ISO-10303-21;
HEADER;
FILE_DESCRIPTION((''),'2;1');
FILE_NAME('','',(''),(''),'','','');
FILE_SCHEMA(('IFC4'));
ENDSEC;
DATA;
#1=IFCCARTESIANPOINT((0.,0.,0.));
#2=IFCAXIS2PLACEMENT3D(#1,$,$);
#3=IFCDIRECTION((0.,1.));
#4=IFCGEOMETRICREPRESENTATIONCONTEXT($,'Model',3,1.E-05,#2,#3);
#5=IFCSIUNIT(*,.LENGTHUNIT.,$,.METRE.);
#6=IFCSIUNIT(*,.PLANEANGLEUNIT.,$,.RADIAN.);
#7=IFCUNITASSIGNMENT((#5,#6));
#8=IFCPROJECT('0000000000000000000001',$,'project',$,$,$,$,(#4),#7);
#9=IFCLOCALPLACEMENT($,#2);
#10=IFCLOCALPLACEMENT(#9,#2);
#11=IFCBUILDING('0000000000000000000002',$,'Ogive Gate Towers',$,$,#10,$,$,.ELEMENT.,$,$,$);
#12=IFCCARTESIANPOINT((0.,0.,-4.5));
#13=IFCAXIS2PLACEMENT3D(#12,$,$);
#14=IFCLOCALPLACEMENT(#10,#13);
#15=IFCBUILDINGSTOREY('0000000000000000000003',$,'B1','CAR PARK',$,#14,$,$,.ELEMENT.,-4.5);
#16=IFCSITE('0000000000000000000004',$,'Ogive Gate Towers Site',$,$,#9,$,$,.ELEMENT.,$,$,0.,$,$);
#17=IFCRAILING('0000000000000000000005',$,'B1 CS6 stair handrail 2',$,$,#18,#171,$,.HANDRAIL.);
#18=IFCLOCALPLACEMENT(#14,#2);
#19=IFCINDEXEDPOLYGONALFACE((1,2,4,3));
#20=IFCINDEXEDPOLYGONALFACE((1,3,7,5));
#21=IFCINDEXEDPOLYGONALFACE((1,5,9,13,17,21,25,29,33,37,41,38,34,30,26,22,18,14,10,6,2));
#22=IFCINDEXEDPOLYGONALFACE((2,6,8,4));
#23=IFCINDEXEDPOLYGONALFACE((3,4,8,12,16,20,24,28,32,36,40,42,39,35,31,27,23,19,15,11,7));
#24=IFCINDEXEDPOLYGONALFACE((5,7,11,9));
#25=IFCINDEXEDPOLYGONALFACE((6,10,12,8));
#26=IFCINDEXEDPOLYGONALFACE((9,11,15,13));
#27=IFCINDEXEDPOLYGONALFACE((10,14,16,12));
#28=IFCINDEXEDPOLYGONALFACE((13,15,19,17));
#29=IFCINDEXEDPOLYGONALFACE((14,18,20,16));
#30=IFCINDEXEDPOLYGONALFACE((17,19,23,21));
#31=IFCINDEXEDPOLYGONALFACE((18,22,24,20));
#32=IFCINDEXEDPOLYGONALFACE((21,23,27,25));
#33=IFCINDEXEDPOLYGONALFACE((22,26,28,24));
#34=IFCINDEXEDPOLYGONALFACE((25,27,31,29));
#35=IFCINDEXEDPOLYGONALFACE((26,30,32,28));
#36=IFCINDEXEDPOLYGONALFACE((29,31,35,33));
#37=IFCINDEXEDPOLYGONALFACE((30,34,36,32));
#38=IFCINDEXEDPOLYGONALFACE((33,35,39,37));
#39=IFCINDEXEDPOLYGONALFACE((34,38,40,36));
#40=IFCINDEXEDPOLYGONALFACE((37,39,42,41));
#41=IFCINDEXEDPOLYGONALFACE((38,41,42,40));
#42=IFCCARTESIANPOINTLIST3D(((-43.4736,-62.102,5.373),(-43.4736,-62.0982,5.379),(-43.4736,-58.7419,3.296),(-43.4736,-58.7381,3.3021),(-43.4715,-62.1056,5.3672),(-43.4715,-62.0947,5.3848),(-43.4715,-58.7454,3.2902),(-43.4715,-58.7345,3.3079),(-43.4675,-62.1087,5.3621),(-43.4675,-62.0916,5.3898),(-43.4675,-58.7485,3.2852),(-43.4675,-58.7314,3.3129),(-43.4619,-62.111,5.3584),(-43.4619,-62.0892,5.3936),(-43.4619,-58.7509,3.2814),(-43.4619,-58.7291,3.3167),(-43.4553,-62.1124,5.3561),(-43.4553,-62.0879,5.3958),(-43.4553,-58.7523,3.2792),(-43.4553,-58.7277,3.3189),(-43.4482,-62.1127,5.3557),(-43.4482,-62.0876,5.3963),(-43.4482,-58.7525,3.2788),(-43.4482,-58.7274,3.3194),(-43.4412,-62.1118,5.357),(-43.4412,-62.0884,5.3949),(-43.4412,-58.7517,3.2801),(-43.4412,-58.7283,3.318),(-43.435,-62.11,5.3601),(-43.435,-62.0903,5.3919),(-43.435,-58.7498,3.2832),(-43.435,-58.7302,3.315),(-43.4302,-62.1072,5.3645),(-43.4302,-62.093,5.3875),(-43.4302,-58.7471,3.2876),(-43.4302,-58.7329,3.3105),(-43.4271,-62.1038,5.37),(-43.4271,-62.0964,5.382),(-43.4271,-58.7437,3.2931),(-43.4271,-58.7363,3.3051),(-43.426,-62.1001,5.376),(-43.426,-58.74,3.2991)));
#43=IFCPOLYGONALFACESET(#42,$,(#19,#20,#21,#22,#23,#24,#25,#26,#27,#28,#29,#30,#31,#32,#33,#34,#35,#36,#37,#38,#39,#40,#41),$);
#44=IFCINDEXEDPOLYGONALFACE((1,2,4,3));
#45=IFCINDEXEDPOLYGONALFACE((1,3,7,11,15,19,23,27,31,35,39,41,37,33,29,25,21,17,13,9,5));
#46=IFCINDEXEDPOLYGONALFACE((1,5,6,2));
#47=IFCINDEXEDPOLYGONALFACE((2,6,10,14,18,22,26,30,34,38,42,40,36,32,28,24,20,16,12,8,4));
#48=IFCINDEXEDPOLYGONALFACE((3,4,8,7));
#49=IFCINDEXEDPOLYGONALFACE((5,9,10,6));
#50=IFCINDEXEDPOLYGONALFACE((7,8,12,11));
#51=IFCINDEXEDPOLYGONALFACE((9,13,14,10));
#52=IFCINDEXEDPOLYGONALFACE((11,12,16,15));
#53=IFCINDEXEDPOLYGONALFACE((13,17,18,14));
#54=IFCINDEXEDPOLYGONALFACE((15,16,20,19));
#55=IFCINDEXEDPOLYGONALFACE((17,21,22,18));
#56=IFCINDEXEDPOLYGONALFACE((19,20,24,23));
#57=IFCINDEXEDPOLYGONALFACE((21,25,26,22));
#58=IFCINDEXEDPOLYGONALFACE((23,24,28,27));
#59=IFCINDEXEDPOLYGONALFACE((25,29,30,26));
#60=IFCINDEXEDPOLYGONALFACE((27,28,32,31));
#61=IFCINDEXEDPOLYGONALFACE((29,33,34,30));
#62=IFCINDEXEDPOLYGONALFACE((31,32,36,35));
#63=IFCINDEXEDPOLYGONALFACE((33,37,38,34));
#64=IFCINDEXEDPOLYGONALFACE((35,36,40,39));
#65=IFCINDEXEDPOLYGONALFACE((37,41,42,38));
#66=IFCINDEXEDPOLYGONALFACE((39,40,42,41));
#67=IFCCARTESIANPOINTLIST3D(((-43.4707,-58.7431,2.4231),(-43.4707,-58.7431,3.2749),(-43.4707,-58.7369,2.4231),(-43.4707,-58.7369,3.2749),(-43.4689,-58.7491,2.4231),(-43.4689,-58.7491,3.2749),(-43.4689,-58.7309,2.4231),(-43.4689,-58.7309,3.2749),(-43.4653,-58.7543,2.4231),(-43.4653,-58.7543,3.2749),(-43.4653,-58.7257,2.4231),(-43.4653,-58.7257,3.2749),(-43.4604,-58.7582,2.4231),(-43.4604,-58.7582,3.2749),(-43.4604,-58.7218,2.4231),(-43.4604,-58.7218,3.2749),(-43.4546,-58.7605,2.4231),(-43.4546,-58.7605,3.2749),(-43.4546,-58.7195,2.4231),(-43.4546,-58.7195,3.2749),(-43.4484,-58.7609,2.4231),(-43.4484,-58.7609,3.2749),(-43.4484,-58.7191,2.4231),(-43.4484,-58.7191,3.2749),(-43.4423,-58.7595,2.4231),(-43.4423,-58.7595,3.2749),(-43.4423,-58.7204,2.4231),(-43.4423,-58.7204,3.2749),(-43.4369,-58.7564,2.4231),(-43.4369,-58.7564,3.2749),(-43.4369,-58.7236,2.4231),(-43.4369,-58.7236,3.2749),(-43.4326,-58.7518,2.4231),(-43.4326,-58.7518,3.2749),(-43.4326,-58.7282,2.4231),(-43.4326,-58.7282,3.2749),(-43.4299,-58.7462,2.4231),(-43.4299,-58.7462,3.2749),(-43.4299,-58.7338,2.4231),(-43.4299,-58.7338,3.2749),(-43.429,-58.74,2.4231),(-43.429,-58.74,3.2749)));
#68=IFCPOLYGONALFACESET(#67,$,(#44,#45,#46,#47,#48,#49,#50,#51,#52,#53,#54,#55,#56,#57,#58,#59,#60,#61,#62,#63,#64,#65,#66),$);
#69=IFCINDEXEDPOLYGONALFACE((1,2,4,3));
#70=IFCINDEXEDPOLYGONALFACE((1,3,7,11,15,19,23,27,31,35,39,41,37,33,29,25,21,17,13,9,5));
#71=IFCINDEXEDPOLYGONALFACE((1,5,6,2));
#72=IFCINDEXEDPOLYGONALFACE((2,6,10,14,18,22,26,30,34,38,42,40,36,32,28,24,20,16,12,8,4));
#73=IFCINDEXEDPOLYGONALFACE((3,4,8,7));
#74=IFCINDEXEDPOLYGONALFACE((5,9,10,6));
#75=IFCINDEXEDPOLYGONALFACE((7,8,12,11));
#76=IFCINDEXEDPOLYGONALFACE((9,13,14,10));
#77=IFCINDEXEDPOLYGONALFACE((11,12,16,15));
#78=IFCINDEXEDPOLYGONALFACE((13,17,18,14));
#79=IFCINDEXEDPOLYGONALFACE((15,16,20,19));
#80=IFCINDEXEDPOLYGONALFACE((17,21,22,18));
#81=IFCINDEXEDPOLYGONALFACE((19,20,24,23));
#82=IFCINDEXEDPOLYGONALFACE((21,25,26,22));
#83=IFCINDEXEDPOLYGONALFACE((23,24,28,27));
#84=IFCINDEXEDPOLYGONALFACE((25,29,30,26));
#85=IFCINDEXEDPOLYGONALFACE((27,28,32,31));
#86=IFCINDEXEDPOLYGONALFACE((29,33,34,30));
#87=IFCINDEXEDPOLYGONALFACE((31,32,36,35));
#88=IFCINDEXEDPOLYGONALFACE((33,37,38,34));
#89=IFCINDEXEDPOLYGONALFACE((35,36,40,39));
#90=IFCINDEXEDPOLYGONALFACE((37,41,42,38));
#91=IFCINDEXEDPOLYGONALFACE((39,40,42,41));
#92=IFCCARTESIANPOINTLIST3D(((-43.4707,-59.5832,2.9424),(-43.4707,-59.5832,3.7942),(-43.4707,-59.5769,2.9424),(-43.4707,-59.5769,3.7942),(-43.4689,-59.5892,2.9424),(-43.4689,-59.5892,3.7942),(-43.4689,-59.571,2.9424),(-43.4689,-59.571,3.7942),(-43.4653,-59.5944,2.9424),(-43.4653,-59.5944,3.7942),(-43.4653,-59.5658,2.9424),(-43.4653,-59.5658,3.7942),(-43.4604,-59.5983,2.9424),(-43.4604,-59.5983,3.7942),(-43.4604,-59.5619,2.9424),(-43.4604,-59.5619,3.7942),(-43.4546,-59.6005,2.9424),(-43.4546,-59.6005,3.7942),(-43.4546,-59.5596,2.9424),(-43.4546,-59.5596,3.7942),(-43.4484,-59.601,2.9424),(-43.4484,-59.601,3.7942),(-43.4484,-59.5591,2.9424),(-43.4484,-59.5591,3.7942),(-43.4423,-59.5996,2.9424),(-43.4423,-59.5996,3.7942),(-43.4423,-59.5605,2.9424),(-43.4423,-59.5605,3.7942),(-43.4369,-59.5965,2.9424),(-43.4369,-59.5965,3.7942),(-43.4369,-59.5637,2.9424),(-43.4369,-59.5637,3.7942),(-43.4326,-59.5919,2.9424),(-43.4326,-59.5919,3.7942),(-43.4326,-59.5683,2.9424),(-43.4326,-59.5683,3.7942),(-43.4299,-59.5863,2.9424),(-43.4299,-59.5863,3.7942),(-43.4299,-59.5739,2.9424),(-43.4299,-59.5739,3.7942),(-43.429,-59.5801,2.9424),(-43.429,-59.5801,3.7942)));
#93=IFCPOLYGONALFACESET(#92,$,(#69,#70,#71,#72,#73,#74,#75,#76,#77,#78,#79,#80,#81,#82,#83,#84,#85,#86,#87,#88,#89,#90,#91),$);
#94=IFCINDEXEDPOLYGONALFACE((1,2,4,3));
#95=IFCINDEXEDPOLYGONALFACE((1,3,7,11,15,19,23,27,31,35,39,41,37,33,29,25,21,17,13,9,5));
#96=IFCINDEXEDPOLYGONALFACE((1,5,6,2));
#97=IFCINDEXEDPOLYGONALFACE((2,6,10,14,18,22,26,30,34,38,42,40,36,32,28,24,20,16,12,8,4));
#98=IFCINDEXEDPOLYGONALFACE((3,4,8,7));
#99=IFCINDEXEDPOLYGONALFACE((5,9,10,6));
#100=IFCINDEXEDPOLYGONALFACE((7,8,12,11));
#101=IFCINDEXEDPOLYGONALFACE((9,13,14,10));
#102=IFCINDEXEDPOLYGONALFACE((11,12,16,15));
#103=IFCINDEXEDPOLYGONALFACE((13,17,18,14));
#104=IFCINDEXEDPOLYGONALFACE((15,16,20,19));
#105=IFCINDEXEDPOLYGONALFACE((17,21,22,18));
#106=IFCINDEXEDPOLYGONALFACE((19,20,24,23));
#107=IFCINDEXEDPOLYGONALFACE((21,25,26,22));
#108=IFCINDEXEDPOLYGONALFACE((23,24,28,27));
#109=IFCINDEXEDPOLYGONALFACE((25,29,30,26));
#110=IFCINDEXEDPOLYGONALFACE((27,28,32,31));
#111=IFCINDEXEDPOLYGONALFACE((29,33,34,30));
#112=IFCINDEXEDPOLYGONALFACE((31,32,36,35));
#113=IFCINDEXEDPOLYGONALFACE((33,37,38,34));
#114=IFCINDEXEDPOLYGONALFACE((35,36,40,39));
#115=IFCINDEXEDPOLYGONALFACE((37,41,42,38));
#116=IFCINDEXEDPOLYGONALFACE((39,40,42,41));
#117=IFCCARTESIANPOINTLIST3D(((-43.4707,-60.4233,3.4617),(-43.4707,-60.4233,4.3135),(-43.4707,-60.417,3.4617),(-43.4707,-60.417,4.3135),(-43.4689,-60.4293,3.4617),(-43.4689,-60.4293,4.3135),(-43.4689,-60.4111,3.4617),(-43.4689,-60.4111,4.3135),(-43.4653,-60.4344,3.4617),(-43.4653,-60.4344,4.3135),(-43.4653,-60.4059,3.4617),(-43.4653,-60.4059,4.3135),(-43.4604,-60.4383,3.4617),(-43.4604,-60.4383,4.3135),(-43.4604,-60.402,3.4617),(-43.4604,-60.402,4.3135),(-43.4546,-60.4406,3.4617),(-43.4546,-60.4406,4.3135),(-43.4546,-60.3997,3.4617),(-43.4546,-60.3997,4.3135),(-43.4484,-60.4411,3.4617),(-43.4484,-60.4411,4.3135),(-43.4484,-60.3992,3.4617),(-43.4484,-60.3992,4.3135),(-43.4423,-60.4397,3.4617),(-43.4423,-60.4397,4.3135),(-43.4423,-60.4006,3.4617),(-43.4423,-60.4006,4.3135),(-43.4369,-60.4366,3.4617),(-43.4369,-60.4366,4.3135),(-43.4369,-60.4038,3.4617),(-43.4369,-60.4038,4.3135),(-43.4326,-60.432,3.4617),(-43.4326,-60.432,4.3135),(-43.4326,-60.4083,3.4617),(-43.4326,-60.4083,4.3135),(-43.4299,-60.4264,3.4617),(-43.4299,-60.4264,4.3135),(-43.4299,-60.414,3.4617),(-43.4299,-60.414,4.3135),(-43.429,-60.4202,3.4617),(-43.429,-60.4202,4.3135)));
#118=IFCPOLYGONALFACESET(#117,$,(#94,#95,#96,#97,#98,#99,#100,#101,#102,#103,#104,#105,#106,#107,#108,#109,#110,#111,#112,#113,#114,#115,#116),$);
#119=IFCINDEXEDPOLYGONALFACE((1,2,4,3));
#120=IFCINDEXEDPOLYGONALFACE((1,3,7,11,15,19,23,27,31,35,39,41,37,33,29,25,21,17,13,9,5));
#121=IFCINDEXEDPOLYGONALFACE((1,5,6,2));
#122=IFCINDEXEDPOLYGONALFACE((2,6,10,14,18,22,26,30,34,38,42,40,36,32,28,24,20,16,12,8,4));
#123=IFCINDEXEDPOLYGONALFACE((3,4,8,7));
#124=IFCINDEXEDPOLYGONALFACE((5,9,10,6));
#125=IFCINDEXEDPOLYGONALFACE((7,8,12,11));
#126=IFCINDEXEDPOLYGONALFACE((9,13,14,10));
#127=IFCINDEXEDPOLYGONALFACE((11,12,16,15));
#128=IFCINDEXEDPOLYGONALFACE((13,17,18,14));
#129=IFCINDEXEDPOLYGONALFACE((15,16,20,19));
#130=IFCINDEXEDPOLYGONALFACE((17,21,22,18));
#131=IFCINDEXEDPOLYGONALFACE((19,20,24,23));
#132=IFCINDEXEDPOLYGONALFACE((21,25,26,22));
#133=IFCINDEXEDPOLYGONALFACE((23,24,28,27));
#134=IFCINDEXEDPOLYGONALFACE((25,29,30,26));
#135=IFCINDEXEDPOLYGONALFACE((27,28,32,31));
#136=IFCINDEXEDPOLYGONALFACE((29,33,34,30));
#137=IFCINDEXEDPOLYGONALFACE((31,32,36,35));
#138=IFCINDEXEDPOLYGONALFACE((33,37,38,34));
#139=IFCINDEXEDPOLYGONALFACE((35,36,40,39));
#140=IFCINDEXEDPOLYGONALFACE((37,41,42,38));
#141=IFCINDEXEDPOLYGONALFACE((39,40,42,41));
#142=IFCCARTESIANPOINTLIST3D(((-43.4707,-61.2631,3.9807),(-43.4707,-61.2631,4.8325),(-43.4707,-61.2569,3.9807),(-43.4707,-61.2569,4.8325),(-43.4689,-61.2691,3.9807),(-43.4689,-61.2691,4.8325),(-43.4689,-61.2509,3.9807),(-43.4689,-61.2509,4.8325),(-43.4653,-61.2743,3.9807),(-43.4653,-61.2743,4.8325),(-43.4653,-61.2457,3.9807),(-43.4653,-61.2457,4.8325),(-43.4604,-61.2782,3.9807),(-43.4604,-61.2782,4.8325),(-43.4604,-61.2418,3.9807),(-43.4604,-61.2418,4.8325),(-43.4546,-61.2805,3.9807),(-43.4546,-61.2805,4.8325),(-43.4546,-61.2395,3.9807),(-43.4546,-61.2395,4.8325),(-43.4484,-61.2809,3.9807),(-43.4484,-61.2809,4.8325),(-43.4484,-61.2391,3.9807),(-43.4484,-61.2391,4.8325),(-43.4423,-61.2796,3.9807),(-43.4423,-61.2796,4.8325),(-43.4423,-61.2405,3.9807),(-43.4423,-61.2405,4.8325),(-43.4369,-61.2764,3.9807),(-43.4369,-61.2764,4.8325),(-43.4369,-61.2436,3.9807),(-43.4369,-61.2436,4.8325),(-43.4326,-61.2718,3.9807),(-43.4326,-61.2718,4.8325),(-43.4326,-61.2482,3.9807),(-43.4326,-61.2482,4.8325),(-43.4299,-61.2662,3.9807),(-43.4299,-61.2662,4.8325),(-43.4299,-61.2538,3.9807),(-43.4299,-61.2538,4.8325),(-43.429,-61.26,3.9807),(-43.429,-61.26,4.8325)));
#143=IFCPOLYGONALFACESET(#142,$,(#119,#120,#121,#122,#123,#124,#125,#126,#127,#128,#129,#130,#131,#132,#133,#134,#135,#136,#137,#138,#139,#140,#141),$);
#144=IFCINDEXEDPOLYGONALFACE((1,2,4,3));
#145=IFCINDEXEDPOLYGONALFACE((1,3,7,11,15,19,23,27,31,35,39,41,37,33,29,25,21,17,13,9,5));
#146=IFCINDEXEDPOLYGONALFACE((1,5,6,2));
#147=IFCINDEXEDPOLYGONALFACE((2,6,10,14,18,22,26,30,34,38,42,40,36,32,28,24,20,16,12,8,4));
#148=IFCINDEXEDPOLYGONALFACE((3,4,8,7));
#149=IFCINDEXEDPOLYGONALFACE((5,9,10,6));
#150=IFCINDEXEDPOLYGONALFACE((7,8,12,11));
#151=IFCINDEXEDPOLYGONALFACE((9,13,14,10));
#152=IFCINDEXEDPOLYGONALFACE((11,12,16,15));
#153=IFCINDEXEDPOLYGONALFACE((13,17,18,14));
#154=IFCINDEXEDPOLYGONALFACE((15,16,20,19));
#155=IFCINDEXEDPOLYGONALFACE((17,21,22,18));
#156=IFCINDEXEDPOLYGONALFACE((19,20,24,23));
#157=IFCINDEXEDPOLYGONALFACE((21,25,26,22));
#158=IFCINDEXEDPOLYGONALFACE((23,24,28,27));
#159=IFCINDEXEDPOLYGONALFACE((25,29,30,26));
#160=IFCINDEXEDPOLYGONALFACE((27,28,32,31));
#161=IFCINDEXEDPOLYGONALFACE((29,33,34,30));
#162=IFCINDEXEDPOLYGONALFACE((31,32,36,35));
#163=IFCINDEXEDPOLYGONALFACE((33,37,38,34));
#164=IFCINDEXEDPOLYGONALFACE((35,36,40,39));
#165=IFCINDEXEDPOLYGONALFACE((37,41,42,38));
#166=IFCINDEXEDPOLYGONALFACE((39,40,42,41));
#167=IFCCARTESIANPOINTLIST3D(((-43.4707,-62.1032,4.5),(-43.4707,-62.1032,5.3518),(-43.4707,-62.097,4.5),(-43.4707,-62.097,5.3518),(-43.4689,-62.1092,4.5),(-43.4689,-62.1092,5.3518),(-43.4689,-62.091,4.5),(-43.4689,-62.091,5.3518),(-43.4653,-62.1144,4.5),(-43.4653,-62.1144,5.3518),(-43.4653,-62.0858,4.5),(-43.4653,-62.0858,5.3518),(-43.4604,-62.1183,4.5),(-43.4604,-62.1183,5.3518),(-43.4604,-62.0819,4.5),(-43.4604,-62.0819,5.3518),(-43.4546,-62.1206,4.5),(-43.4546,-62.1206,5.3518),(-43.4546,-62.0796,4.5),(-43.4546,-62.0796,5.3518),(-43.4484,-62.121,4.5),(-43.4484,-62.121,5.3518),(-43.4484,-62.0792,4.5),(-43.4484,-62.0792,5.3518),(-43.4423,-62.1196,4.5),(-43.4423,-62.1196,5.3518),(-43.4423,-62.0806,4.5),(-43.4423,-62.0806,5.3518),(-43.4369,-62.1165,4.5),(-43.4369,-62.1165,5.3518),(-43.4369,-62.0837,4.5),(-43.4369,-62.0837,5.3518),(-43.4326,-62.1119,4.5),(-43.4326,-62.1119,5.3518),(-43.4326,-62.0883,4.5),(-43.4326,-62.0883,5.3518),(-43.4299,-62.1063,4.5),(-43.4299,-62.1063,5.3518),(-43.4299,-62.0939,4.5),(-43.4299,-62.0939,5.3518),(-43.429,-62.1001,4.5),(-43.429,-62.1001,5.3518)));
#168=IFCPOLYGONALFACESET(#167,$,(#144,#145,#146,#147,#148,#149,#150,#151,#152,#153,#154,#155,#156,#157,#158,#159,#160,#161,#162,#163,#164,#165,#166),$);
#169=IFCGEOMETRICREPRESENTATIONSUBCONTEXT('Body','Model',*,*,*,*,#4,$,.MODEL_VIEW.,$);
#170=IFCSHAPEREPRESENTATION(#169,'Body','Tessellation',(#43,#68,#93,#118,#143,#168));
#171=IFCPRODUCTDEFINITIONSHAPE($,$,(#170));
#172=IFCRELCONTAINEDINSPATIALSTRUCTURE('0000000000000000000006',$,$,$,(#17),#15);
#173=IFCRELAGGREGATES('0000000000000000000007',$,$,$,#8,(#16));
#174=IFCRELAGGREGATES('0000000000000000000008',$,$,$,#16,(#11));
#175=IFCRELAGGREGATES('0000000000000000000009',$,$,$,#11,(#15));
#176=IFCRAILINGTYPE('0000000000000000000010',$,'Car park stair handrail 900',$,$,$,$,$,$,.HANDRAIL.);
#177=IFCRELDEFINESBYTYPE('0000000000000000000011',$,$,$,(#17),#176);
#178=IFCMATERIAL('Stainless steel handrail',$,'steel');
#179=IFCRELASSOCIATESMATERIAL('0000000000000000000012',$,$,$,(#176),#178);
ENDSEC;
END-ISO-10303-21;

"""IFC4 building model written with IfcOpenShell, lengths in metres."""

from ifc_helpers import new_model, si_unit, direction, frame, origin, origin_2d, place, context, subcontext, project, spatial, circle, extrude, material, type_object, element, save


model = new_model("IFC4")

# Units and contexts
model_context = context("Model", 3, precision=1e-05, world=origin(), true_north=direction((0.0, 1.0)))
body_context = subcontext(model_context, "Body", "Model", "MODEL_VIEW")
ifc_project = project(units=[si_unit("LENGTHUNIT", "METRE"), si_unit("PLANEANGLEUNIT", "RADIAN")], contexts=[model_context])

# Site, building, storey
site_placement = place(None, origin())
site = spatial("IfcSite", under=ifc_project, at=site_placement, Name="Ogive Gate Towers Site", CompositionType="ELEMENT", RefElevation=0.0)
building_placement = place(site_placement, origin())
building = spatial("IfcBuilding", under=site, at=building_placement, Name="Ogive Gate Towers", CompositionType="ELEMENT")
storey_placement = place(building_placement, frame((0.0, 0.0, -4.5)))
storey = spatial("IfcBuildingStorey", under=building, at=storey_placement, Name="B1", Description="CAR PARK", CompositionType="ELEMENT", Elevation=-4.5)

# Railing
ifc_material_1 = material(Name="Stainless steel handrail", Category="steel")
railing_type_1 = type_object("IfcRailingType", Name="Car park stair handrail 900", PredefinedType="HANDRAIL", material=ifc_material_1)
railing_1_placement = place(storey_placement, frame((-43.45, -58.74, 2.4231)))
element("IfcRailing", 1, at=railing_1_placement, inside=storey, type_object=railing_type_1, Name="B1 CS6 stair handrail 2", PredefinedType="HANDRAIL", context=body_context, shape_type="SweptSolid", body=[
    extrude(circle(Radius=0.0239, at=origin_2d()), frame((0.0, 0.0, 0.876), z_axis=(0.0, -0.850623, 0.525776), x_axis=(1.0, 0.0, 0.0)), (0.0, 0.0, 1.0), 3.9502),
    extrude(circle(Radius=0.021, at=origin_2d()), origin(), (0.0, 0.0, 1.0), 0.8518),
    extrude(circle(Radius=0.021, at=origin_2d()), frame((0.0, -0.8401, 0.5193)), (0.0, 0.0, 1.0), 0.8518),
    extrude(circle(Radius=0.021, at=origin_2d()), frame((0.0, -1.6802, 1.0386)), (0.0, 0.0, 1.0), 0.8518),
    extrude(circle(Radius=0.021, at=origin_2d()), frame((0.0, -2.52, 1.5576)), (0.0, 0.0, 1.0), 0.8518),
    extrude(circle(Radius=0.021, at=origin_2d()), frame((0.0, -3.3601, 2.0769)), (0.0, 0.0, 1.0), 0.8518),
])

save(model, "model.ifc")
